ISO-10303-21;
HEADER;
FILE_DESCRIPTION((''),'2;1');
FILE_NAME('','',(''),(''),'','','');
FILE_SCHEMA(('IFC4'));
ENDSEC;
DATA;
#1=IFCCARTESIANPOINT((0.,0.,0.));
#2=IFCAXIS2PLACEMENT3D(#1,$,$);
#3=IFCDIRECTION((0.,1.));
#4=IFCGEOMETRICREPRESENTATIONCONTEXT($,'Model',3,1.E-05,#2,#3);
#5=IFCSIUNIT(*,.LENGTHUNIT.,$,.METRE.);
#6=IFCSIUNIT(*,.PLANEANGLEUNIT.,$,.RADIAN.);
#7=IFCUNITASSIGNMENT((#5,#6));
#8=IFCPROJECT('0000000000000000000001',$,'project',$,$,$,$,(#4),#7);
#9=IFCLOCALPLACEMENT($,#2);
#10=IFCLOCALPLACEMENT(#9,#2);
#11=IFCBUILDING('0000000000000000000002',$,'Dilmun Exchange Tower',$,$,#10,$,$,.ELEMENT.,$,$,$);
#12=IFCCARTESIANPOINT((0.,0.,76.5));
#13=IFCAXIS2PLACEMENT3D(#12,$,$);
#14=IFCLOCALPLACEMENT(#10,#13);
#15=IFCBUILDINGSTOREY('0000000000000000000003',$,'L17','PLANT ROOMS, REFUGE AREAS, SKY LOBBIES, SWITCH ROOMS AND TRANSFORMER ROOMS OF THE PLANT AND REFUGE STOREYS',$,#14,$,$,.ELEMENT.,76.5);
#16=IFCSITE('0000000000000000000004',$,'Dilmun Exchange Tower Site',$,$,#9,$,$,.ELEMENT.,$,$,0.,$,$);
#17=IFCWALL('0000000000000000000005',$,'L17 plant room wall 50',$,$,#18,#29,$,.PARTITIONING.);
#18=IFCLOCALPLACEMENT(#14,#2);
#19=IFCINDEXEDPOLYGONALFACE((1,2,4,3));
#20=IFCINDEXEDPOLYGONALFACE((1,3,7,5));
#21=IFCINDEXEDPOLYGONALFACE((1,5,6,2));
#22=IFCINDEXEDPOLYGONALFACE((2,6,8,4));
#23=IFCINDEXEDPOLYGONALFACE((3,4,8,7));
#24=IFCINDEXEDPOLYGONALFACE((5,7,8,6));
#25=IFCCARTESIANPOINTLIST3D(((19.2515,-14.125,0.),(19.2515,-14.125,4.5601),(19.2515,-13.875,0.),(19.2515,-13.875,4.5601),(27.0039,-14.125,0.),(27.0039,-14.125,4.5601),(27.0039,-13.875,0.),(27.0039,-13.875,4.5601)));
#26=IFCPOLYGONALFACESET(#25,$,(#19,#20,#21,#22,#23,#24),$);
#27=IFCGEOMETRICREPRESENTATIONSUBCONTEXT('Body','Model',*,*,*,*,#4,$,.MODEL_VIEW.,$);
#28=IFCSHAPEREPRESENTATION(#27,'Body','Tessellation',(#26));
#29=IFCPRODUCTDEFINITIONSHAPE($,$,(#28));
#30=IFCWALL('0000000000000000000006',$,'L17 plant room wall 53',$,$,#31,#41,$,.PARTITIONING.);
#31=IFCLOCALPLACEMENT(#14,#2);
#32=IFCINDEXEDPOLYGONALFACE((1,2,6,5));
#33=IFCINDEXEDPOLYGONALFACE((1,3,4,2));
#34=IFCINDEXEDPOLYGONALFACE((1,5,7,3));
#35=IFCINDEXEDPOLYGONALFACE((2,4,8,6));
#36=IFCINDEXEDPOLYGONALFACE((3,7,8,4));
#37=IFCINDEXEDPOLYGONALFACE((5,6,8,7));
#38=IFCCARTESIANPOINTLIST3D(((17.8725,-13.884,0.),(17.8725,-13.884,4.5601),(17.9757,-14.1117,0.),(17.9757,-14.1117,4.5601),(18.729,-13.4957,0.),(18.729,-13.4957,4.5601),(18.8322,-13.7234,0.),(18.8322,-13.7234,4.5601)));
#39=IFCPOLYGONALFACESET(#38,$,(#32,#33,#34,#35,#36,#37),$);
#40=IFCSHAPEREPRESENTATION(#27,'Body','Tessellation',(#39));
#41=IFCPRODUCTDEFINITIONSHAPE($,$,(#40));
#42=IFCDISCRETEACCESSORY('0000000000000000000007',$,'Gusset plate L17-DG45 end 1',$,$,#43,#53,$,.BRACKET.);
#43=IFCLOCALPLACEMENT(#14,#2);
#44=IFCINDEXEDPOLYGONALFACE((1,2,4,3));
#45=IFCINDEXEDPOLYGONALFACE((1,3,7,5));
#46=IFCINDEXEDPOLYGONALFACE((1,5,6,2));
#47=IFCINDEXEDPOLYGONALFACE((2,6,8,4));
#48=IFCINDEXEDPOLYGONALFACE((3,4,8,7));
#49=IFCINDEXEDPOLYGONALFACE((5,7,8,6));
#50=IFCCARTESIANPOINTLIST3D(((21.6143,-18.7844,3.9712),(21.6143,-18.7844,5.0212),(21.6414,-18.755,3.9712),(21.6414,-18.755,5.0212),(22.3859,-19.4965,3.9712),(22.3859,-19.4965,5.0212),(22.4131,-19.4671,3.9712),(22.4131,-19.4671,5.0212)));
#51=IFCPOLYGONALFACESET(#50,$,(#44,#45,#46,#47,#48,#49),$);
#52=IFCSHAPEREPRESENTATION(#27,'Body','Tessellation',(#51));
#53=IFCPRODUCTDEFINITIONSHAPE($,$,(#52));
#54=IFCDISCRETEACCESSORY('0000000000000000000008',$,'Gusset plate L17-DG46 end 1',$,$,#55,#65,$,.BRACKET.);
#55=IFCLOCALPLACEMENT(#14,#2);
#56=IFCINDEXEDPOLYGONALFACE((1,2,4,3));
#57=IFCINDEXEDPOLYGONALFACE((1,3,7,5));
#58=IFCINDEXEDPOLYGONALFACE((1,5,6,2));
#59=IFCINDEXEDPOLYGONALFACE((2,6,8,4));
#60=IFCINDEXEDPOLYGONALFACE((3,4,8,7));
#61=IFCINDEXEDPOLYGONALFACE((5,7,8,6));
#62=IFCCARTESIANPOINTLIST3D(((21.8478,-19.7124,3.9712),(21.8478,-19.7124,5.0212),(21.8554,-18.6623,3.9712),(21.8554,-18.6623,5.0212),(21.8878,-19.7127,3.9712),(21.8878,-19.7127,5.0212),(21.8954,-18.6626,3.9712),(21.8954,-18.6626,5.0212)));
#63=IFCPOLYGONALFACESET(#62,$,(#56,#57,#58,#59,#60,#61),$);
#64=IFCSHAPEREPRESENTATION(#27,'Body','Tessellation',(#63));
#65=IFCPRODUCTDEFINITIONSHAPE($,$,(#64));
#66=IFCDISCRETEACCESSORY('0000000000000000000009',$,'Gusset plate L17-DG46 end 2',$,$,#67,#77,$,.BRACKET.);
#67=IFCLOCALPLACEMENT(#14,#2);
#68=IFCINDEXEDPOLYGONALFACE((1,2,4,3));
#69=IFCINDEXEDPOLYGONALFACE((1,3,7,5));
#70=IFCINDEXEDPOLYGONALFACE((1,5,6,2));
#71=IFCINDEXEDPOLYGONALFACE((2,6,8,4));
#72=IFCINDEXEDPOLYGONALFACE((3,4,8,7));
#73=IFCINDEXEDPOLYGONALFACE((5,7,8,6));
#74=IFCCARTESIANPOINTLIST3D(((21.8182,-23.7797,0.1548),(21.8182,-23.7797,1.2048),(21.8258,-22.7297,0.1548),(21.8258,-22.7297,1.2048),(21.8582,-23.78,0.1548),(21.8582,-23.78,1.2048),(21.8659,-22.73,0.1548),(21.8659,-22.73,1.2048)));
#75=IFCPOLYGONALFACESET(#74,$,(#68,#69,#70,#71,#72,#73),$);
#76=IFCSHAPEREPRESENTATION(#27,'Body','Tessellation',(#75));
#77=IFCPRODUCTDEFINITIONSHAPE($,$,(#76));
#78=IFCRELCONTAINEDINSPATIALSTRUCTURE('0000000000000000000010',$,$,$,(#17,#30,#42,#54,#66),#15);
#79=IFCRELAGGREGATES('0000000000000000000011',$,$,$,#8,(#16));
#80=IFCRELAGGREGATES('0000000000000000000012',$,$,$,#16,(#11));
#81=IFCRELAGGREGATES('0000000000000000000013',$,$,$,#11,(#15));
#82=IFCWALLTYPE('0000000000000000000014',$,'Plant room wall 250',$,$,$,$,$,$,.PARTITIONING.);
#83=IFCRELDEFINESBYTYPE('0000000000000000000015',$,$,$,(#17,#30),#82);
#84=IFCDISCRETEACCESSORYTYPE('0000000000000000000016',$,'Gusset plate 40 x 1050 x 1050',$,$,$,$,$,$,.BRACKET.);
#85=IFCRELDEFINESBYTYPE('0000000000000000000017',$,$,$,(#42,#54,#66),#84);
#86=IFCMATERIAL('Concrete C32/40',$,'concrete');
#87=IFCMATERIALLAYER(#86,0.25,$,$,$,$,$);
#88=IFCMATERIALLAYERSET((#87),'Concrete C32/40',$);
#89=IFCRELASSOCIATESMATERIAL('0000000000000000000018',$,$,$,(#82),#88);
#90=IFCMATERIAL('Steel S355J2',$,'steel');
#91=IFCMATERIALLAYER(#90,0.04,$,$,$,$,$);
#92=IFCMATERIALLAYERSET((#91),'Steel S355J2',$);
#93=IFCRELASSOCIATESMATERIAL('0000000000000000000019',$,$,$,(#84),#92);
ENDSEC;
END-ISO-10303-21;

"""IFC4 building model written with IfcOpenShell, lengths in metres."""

from ifc_helpers import new_model, si_unit, direction, frame, frame_2d, origin, origin_2d, place, context, subcontext, project, spatial, rectangle, extrude, material, layer, layer_set, type_object, element, save


model = new_model("IFC4")

# Units and contexts
model_context = context("Model", 3, precision=1e-05, world=origin(), true_north=direction((0.0, 1.0)))
body_context = subcontext(model_context, "Body", "Model", "MODEL_VIEW")
ifc_project = project(units=[si_unit("LENGTHUNIT", "METRE"), si_unit("PLANEANGLEUNIT", "RADIAN")], contexts=[model_context])

# Site, building, storey
site_placement = place(None, origin())
site = spatial("IfcSite", under=ifc_project, at=site_placement, Name="Dilmun Exchange Tower Site", CompositionType="ELEMENT", RefElevation=0.0)
building_placement = place(site_placement, origin())
building = spatial("IfcBuilding", under=site, at=building_placement, Name="Dilmun Exchange Tower", CompositionType="ELEMENT")
storey_placement = place(building_placement, frame((0.0, 0.0, 76.5)))
storey = spatial("IfcBuildingStorey", under=building, at=storey_placement, Name="L17", Description="PLANT ROOMS, REFUGE AREAS, SKY LOBBIES, SWITCH ROOMS AND TRANSFORMER ROOMS OF THE PLANT AND REFUGE STOREYS", CompositionType="ELEMENT", Elevation=76.5)

# Walls
ifc_material_1 = material(Name="Concrete C32/40", Category="concrete")
ifc_layer_1 = layer(ifc_material_1, 0.25)
ifc_layer_set_1 = layer_set([ifc_layer_1], Name="Concrete C32/40")
wall_type = type_object("IfcWallType", Name="Plant room wall 250", PredefinedType="PARTITIONING", material=ifc_layer_set_1)
wall_1_placement = place(storey_placement, frame((19.2515, -14.0, 0.0), z_axis=(0.0, 0.0, 1.0), x_axis=(1.0, 0.0, 0.0)))
element("IfcWall", 1, at=wall_1_placement, inside=storey, type_object=wall_type, Name="L17 plant room wall 50", PredefinedType="PARTITIONING", context=body_context, shape_type="SweptSolid", body=[
    extrude(rectangle(XDim=7.7524, YDim=0.25, at=frame_2d((3.8762, 0.0))), origin(), (0.0, 0.0, 1.0), 4.5601),
])
wall_2_placement = place(storey_placement, frame((17.9241, -13.9978, 0.0), z_axis=(0.0, 0.0, 1.0), x_axis=(0.910811, 0.412825, 0.0)))
element("IfcWall", 2, at=wall_2_placement, inside=storey, type_object=wall_type, Name="L17 plant room wall 53", PredefinedType="PARTITIONING", context=body_context, shape_type="SweptSolid", body=[
    extrude(rectangle(XDim=0.9404, YDim=0.25, at=frame_2d((0.4702, 0.0))), origin(), (0.0, 0.0, 1.0), 4.5601),
])

# Discrete accessories
ifc_material_2 = material(Name="Steel S355J2", Category="steel")
ifc_layer_2 = layer(ifc_material_2, 0.04)
ifc_layer_set_2 = layer_set([ifc_layer_2], Name="Steel S355J2")
discrete_accessory_type = type_object("IfcDiscreteAccessoryType", Name="Gusset plate 40 x 1050 x 1050", PredefinedType="BRACKET", material=ifc_layer_set_2)
for number, where, z_axis, x_axis, name in (
    (3, (22.0137, -19.1257, 3.9712), (0.0, 0.0, 1.0), (0.734894, -0.678181, 0.0), "Gusset plate L17-DG45 end 1"),
    (4, (21.8716, -19.1875, 3.9712), (0.0, 0.0, 1.0), (-0.007257, -0.999974, 0.0), "Gusset plate L17-DG46 end 1"),
    (5, (21.842, -23.2549, 0.1548), (0.0, 0.0, 1.0), (-0.007257, -0.999974, 0.0), "Gusset plate L17-DG46 end 2"),
):
    element("IfcDiscreteAccessory", number, at=place(storey_placement, frame(where, z_axis=z_axis, x_axis=x_axis)), inside=storey, type_object=discrete_accessory_type, Name=name, PredefinedType="BRACKET", context=body_context, shape_type="SweptSolid", body=[
        extrude(rectangle(XDim=1.05, YDim=0.04, at=origin_2d()), origin(), (0.0, 0.0, 1.0), 1.05),
    ])

save(model, "model.ifc")
